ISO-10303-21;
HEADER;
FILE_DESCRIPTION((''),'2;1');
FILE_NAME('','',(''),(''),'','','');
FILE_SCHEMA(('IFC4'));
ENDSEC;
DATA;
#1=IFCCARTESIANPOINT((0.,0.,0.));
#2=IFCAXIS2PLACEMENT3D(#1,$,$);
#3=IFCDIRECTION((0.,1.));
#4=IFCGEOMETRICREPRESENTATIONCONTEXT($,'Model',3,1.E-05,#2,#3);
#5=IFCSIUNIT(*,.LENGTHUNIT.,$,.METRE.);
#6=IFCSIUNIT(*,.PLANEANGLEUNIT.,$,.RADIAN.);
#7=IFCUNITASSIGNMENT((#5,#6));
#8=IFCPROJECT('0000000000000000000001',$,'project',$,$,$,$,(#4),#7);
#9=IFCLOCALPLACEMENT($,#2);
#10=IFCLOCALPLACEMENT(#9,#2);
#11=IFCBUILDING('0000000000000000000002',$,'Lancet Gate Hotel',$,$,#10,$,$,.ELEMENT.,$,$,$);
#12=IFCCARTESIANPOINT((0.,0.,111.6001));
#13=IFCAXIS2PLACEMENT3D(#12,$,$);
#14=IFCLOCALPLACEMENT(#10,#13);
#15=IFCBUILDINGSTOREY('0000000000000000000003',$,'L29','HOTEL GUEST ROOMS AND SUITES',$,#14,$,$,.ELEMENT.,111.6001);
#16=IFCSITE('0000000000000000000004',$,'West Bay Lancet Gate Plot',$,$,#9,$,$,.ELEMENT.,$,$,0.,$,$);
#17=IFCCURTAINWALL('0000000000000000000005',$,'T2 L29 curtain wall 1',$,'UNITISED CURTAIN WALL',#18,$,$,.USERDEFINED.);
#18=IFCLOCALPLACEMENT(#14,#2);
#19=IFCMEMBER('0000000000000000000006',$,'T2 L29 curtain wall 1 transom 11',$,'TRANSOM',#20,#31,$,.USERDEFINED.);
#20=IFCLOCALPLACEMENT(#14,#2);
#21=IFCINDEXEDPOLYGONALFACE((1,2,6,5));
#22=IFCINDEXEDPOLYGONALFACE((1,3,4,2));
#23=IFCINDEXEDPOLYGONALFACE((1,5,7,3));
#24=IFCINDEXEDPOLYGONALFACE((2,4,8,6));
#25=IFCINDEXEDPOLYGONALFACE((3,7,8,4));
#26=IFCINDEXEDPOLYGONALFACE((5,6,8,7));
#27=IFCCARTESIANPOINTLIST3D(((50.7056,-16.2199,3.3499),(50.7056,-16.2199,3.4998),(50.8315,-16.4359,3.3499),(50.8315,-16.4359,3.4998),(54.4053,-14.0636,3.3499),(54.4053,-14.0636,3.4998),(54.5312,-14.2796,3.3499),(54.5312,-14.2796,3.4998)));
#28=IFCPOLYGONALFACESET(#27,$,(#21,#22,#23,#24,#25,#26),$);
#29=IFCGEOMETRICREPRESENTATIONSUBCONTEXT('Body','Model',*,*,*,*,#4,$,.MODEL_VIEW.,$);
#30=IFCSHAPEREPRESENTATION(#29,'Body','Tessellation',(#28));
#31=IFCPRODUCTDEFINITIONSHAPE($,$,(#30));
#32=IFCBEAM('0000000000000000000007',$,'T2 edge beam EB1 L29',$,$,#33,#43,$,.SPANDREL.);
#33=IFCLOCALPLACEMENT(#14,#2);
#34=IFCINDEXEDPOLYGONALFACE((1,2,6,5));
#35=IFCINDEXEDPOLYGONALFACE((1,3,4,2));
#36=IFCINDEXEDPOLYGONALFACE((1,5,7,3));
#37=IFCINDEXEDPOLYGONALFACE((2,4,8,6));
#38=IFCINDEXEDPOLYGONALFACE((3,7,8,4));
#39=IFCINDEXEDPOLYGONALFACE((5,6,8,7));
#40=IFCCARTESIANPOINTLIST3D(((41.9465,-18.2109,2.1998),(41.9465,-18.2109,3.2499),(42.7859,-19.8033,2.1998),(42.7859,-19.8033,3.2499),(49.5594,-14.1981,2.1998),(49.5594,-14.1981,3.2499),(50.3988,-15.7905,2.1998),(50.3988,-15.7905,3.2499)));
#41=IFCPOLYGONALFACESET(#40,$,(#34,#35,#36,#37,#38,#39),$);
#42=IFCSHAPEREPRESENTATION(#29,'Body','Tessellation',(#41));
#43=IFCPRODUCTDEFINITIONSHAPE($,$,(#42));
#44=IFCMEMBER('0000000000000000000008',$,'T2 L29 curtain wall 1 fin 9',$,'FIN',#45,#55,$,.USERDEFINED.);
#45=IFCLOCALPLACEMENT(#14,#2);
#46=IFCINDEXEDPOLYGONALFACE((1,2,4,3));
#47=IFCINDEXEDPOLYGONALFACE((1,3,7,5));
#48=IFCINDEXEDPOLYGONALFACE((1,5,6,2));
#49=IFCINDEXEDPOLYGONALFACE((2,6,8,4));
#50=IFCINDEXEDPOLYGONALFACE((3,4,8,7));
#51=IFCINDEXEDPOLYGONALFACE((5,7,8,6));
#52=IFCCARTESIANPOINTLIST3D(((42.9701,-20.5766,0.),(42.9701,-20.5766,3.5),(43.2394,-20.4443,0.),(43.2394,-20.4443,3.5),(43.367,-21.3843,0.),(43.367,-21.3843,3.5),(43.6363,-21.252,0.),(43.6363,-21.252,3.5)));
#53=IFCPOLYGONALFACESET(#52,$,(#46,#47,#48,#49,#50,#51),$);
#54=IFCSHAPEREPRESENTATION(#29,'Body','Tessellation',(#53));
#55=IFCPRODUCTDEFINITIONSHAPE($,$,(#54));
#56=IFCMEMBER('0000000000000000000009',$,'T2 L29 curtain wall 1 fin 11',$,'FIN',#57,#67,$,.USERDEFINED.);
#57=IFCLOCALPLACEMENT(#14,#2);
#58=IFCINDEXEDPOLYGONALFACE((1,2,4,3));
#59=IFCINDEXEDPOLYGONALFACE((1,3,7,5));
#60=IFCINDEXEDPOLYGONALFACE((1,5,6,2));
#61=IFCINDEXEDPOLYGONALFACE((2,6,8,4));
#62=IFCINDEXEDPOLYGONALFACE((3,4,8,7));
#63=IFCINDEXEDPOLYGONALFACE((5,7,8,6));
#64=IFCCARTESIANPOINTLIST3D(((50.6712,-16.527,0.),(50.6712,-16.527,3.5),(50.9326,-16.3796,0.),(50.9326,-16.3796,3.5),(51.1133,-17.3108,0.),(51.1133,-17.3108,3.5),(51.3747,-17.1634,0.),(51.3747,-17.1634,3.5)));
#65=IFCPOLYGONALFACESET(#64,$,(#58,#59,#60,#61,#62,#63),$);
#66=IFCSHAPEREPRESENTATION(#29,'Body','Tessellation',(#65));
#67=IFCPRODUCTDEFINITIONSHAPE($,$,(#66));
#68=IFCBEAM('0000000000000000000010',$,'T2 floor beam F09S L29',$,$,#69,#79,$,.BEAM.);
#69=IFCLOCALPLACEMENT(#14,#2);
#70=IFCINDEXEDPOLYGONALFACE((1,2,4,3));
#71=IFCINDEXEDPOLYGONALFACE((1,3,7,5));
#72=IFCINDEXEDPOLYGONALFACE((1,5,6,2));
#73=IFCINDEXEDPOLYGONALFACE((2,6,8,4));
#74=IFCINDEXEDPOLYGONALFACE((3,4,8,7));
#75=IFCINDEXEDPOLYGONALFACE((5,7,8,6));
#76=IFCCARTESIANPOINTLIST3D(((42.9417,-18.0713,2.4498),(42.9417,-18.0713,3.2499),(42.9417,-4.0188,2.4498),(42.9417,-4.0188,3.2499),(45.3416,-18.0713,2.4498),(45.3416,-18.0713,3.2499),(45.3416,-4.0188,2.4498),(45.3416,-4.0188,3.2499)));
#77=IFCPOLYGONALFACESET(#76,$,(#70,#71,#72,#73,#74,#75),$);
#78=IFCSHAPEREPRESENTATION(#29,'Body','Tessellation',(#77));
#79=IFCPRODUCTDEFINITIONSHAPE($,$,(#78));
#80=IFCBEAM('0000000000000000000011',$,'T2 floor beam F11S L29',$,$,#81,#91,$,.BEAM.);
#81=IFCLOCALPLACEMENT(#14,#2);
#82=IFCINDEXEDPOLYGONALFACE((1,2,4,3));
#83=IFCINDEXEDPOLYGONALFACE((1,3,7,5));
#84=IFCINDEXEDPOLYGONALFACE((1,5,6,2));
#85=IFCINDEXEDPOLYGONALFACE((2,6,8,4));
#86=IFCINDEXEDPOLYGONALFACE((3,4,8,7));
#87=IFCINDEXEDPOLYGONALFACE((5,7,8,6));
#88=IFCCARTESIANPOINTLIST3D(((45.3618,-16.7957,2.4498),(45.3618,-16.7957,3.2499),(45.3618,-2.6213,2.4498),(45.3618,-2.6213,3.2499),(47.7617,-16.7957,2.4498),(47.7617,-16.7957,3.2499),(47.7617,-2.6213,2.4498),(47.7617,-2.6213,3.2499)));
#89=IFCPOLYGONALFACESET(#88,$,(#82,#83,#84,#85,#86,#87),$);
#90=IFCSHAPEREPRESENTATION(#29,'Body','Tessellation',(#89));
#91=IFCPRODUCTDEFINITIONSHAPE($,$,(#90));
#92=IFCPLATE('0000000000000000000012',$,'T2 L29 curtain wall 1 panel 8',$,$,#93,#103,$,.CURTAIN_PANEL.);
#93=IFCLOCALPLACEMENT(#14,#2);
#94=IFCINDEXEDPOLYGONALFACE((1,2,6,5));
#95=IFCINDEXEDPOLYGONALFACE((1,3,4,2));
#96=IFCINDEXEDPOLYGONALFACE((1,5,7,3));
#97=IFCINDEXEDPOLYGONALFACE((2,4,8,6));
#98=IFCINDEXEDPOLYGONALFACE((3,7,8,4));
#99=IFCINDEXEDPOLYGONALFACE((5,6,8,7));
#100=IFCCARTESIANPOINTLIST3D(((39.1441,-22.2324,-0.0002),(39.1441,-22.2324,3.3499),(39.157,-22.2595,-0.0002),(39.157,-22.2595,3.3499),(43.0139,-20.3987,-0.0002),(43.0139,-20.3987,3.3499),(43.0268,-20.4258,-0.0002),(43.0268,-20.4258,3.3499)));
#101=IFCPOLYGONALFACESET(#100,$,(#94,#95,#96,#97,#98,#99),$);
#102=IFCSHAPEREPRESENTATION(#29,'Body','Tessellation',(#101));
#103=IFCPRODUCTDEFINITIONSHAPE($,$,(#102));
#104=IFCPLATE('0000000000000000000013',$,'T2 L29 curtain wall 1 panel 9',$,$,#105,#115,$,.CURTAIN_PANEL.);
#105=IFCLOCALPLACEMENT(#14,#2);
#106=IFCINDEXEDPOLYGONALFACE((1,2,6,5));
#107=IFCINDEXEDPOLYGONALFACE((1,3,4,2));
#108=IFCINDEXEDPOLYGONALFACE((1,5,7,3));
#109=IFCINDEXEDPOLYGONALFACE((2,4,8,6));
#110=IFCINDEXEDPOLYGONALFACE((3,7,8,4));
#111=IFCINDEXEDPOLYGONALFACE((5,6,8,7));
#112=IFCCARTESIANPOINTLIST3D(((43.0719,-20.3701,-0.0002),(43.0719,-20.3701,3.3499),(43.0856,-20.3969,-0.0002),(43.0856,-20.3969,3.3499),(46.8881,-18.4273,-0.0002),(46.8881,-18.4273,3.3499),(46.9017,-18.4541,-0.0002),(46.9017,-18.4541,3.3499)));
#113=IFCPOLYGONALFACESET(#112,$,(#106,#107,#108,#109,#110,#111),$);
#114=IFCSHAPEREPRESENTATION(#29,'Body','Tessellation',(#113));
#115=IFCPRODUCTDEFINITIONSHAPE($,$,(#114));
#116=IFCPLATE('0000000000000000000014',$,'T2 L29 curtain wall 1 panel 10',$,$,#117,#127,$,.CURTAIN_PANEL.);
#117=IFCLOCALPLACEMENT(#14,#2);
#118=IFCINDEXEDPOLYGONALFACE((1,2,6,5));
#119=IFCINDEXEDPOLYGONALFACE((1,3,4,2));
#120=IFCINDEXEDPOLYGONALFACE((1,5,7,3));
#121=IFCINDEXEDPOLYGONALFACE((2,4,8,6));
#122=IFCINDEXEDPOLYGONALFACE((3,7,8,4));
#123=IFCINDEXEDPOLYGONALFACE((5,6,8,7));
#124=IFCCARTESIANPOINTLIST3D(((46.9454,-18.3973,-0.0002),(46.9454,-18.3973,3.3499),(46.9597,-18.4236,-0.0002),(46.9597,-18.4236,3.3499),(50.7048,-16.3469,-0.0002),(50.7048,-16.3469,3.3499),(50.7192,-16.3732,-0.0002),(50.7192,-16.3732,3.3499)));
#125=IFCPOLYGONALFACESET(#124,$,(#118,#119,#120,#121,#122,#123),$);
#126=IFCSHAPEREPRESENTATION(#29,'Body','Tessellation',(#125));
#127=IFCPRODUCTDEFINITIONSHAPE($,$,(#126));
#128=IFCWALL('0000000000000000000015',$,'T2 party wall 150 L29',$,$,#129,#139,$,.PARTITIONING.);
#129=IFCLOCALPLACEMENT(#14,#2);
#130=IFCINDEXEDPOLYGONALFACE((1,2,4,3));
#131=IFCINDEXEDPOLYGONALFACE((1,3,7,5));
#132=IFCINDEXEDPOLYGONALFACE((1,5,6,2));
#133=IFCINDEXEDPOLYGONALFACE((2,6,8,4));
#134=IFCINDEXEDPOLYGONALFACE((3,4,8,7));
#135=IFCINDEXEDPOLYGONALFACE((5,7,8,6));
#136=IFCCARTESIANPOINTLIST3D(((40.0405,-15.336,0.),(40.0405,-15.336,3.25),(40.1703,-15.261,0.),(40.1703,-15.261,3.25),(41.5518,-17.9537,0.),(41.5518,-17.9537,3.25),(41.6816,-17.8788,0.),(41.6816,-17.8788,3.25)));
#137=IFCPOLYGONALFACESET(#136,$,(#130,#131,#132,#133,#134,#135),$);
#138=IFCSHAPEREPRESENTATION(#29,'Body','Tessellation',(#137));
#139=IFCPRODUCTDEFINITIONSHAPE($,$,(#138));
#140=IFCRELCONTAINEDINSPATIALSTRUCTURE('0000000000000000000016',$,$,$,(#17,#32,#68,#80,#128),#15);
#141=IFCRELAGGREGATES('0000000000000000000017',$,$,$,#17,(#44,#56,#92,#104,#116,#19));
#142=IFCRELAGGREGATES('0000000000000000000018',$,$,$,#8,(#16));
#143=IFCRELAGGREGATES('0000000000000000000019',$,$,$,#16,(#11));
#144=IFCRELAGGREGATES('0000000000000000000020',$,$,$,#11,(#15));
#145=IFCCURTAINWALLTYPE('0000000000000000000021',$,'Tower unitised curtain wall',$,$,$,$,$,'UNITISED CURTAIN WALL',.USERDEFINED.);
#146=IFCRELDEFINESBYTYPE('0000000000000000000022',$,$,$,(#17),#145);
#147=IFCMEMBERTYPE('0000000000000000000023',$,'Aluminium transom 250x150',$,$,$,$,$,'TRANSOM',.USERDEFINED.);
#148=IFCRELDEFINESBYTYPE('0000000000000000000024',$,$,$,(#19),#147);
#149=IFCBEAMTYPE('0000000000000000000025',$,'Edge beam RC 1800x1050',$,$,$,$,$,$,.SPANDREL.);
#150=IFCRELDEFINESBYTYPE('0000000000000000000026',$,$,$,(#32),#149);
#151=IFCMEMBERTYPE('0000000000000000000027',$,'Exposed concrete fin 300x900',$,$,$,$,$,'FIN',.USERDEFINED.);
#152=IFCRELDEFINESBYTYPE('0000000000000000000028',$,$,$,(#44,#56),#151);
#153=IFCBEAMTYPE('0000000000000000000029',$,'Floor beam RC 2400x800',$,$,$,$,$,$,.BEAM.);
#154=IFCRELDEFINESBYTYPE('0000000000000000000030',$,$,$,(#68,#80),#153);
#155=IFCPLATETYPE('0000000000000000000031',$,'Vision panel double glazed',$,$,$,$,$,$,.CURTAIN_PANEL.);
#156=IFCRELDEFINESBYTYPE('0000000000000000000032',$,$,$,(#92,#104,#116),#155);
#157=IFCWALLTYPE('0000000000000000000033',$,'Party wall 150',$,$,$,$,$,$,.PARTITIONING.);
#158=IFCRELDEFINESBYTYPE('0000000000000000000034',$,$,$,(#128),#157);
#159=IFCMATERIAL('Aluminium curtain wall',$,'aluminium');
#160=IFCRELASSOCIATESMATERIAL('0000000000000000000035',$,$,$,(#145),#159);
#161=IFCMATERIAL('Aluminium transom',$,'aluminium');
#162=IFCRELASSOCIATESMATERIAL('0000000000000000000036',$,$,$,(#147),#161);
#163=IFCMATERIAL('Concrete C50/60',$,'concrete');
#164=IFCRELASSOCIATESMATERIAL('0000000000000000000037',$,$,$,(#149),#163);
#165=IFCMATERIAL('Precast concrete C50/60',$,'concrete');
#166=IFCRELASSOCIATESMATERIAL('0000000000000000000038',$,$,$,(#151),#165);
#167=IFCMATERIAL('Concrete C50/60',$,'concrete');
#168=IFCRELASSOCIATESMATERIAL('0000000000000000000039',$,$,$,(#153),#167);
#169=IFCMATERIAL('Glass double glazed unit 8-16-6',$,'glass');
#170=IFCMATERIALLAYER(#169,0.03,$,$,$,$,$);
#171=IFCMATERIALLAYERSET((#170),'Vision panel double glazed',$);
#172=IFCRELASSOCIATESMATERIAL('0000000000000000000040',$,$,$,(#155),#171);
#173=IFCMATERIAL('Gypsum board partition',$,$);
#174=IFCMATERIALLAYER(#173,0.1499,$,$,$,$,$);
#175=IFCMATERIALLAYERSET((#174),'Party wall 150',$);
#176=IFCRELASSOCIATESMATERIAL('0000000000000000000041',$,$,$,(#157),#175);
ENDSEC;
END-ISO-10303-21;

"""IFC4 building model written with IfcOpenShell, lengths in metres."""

from ifc_helpers import new_model, si_unit, direction, frame, frame_2d, origin, origin_2d, place, context, subcontext, project, spatial, rectangle, extrude, material, layer, layer_set, material_profile, profile_set, type_object, element, aggregate, save


model = new_model("IFC4")

# Units and contexts
model_context = context("Model", 3, precision=1e-05, world=origin(), true_north=direction((0.0, 1.0)))
body_context = subcontext(model_context, "Body", "Model", "MODEL_VIEW")
ifc_project = project(units=[si_unit("LENGTHUNIT", "METRE"), si_unit("PLANEANGLEUNIT", "RADIAN")], contexts=[model_context])

# Site, building, storey
site_placement = place(None, origin())
site = spatial("IfcSite", under=ifc_project, at=site_placement, Name="West Bay Lancet Gate Plot", CompositionType="ELEMENT", RefElevation=0.0)
building_placement = place(site_placement, origin())
building = spatial("IfcBuilding", under=site, at=building_placement, Name="Lancet Gate Hotel", CompositionType="ELEMENT")
storey_placement = place(building_placement, frame((0.0, 0.0, 111.6001)))
storey = spatial("IfcBuildingStorey", under=building, at=storey_placement, Name="L29", Description="HOTEL GUEST ROOMS AND SUITES", CompositionType="ELEMENT", Elevation=111.6001)

# Curtain wall, member
ifc_material_1 = material(Name="Aluminium curtain wall", Category="aluminium")
curtain_wall_type = type_object("IfcCurtainWallType", Name="Tower unitised curtain wall", ElementType="UNITISED CURTAIN WALL", PredefinedType="USERDEFINED", material=ifc_material_1)
curtain_wall_placement = place(storey_placement, origin())
curtain_wall = element("IfcCurtainWall", 1, at=curtain_wall_placement, inside=storey, type_object=curtain_wall_type, Name="T2 L29 curtain wall 1", ObjectType="UNITISED CURTAIN WALL", PredefinedType="USERDEFINED")
ifc_material_2 = material(Name="Aluminium transom", Category="aluminium")
ifc_material_profile_1 = material_profile(ifc_material_2, rectangle(XDim=0.25, YDim=0.1499, at=origin_2d()), Name="TRANSOM 250x150")
ifc_profile_set_1 = profile_set([ifc_material_profile_1], Name="Aluminium transom")
member_type_1 = type_object("IfcMemberType", Name="Aluminium transom 250x150", ElementType="TRANSOM", PredefinedType="USERDEFINED", material=ifc_profile_set_1)
member_1_placement = place(storey_placement, frame((50.7686, -16.3279, 3.4248), z_axis=(0.863973, 0.503538, 0.0), x_axis=(-0.503538, 0.863973, 0.0)))
member_1 = element("IfcMember", 2, at=member_1_placement, type_object=member_type_1, Name="T2 L29 curtain wall 1 transom 11", ObjectType="TRANSOM", PredefinedType="USERDEFINED", context=body_context, shape_type="SweptSolid", body=[
    extrude(rectangle(XDim=0.25, YDim=0.1499, at=origin_2d()), origin(), (0.0, 0.0, 1.0), 4.2822),
])

# Beam
ifc_material_3 = material(Name="Concrete C50/60", Category="concrete")
ifc_material_profile_2 = material_profile(ifc_material_3, rectangle(XDim=1.8, YDim=1.05, at=origin_2d()), Name="RC 1800x1050")
ifc_profile_set_2 = profile_set([ifc_material_profile_2], Name="Concrete C50/60")
beam_type_1 = type_object("IfcBeamType", Name="Edge beam RC 1800x1050", PredefinedType="SPANDREL", material=ifc_profile_set_2)
beam_1_placement = place(storey_placement, frame((42.3662, -19.0071, 2.7249), z_axis=(0.884633, 0.466289, 0.0), x_axis=(-0.466289, 0.884633, 0.0)))
element("IfcBeam", 3, at=beam_1_placement, inside=storey, type_object=beam_type_1, Name="T2 edge beam EB1 L29", PredefinedType="SPANDREL", context=body_context, shape_type="SweptSolid", body=[
    extrude(rectangle(XDim=1.8, YDim=1.05, at=origin_2d()), origin(), (0.0, 0.0, 1.0), 8.6057),
])

# Members
ifc_material_4 = material(Name="Precast concrete C50/60", Category="concrete")
ifc_material_profile_3 = material_profile(ifc_material_4, rectangle(XDim=0.3, YDim=0.8999, at=origin_2d()), Name="FIN 300x900")
ifc_profile_set_3 = profile_set([ifc_material_profile_3], Name="Precast concrete C50/60")
member_type_2 = type_object("IfcMemberType", Name="Exposed concrete fin 300x900", ElementType="FIN", PredefinedType="USERDEFINED", material=ifc_profile_set_3)
member_2_placement = place(storey_placement, frame((43.3032, -20.9143, 0.0), z_axis=(0.0, 0.0, 1.0), x_axis=(0.897512, 0.44099, 0.0)))
member_2 = element("IfcMember", 4, at=member_2_placement, type_object=member_type_2, Name="T2 L29 curtain wall 1 fin 9", ObjectType="FIN", PredefinedType="USERDEFINED", context=body_context, shape_type="SweptSolid", body=[
    extrude(rectangle(XDim=0.3, YDim=0.8999, at=origin_2d()), origin(), (0.0, 0.0, 1.0), 3.5),
])
member_3_placement = place(storey_placement, frame((51.0229, -16.8452, 0.0), z_axis=(0.0, 0.0, 1.0), x_axis=(0.871029, 0.491232, 0.0)))
member_3 = element("IfcMember", 5, at=member_3_placement, type_object=member_type_2, Name="T2 L29 curtain wall 1 fin 11", ObjectType="FIN", PredefinedType="USERDEFINED", context=body_context, shape_type="SweptSolid", body=[
    extrude(rectangle(XDim=0.3, YDim=0.8999, at=origin_2d()), origin(), (0.0, 0.0, 1.0), 3.5),
])

# Beams
ifc_material_5 = material(Name="Concrete C50/60", Category="concrete")
ifc_material_profile_4 = material_profile(ifc_material_5, rectangle(XDim=2.3999, YDim=0.8, at=origin_2d()), Name="RC 2400x800")
ifc_profile_set_4 = profile_set([ifc_material_profile_4], Name="Concrete C50/60")
beam_type_2 = type_object("IfcBeamType", Name="Floor beam RC 2400x800", PredefinedType="BEAM", material=ifc_profile_set_4)
beam_2_placement = place(storey_placement, frame((44.1416, -18.0713, 2.8499), z_axis=(0.0, 1.0, 0.0), x_axis=(-1.0, 0.0, 0.0)))
element("IfcBeam", 6, at=beam_2_placement, inside=storey, type_object=beam_type_2, Name="T2 floor beam F09S L29", PredefinedType="BEAM", context=body_context, shape_type="SweptSolid", body=[
    extrude(rectangle(XDim=2.3999, YDim=0.8, at=origin_2d()), origin(), (0.0, 0.0, 1.0), 14.0525),
])
beam_3_placement = place(storey_placement, frame((46.5618, -16.7957, 2.8499), z_axis=(0.0, 1.0, 0.0), x_axis=(-1.0, 0.0, 0.0)))
element("IfcBeam", 7, at=beam_3_placement, inside=storey, type_object=beam_type_2, Name="T2 floor beam F11S L29", PredefinedType="BEAM", context=body_context, shape_type="SweptSolid", body=[
    extrude(rectangle(XDim=2.3999, YDim=0.8, at=origin_2d()), origin(), (0.0, 0.0, 1.0), 14.1743),
])

# Plates
ifc_material_6 = material(Name="Glass double glazed unit 8-16-6", Category="glass")
ifc_layer_1 = layer(ifc_material_6, 0.03)
ifc_layer_set_1 = layer_set([ifc_layer_1], Name="Vision panel double glazed")
plate_type = type_object("IfcPlateType", Name="Vision panel double glazed", PredefinedType="CURTAIN_PANEL", material=ifc_layer_set_1)
plate_1_placement = place(storey_placement, frame((41.0854, -21.3291, -0.0002), z_axis=(0.0, 0.0, 1.0), x_axis=(0.903683, 0.428201, 0.0)))
plate_1 = element("IfcPlate", 8, at=plate_1_placement, type_object=plate_type, Name="T2 L29 curtain wall 1 panel 8", PredefinedType="CURTAIN_PANEL", context=body_context, shape_type="SweptSolid", body=[
    extrude(rectangle(XDim=4.2822, YDim=0.03, at=origin_2d()), origin(), (0.0, 0.0, 1.0), 3.3501),
])
plate_2_placement = place(storey_placement, frame((44.9868, -19.4121, -0.0002), z_axis=(0.0, 0.0, 1.0), x_axis=(0.891159, 0.45369, 0.0)))
plate_2 = element("IfcPlate", 9, at=plate_2_placement, type_object=plate_type, Name="T2 L29 curtain wall 1 panel 9", PredefinedType="CURTAIN_PANEL", context=body_context, shape_type="SweptSolid", body=[
    extrude(rectangle(XDim=4.2822, YDim=0.03, at=origin_2d()), origin(), (0.0, 0.0, 1.0), 3.3501),
])
plate_3_placement = place(storey_placement, frame((48.8323, -17.3853, -0.0002), z_axis=(0.0, 0.0, 1.0), x_axis=(0.877916, 0.478814, 0.0)))
plate_3 = element("IfcPlate", 10, at=plate_3_placement, type_object=plate_type, Name="T2 L29 curtain wall 1 panel 10", PredefinedType="CURTAIN_PANEL", context=body_context, shape_type="SweptSolid", body=[
    extrude(rectangle(XDim=4.2822, YDim=0.03, at=origin_2d()), origin(), (0.0, 0.0, 1.0), 3.3501),
])
aggregate(curtain_wall, [member_2, member_3, plate_1, plate_2, plate_3, member_1])

# Wall
ifc_material_7 = material(Name="Gypsum board partition")
ifc_layer_2 = layer(ifc_material_7, 0.1499)
ifc_layer_set_2 = layer_set([ifc_layer_2], Name="Party wall 150")
wall_type = type_object("IfcWallType", Name="Party wall 150", PredefinedType="PARTITIONING", material=ifc_layer_set_2)
wall_placement = place(storey_placement, frame((40.1055, -15.2986, 0.0), z_axis=(0.0, 0.0, 1.0), x_axis=(0.499979, -0.866038, 0.0)))
element("IfcWall", 11, at=wall_placement, inside=storey, type_object=wall_type, Name="T2 party wall 150 L29", PredefinedType="PARTITIONING", context=body_context, shape_type="SweptSolid", body=[
    extrude(rectangle(XDim=3.0227, YDim=0.1499, at=frame_2d((1.5112, 0.0))), origin(), (0.0, 0.0, 1.0), 3.25),
])

save(model, "model.ifc")
